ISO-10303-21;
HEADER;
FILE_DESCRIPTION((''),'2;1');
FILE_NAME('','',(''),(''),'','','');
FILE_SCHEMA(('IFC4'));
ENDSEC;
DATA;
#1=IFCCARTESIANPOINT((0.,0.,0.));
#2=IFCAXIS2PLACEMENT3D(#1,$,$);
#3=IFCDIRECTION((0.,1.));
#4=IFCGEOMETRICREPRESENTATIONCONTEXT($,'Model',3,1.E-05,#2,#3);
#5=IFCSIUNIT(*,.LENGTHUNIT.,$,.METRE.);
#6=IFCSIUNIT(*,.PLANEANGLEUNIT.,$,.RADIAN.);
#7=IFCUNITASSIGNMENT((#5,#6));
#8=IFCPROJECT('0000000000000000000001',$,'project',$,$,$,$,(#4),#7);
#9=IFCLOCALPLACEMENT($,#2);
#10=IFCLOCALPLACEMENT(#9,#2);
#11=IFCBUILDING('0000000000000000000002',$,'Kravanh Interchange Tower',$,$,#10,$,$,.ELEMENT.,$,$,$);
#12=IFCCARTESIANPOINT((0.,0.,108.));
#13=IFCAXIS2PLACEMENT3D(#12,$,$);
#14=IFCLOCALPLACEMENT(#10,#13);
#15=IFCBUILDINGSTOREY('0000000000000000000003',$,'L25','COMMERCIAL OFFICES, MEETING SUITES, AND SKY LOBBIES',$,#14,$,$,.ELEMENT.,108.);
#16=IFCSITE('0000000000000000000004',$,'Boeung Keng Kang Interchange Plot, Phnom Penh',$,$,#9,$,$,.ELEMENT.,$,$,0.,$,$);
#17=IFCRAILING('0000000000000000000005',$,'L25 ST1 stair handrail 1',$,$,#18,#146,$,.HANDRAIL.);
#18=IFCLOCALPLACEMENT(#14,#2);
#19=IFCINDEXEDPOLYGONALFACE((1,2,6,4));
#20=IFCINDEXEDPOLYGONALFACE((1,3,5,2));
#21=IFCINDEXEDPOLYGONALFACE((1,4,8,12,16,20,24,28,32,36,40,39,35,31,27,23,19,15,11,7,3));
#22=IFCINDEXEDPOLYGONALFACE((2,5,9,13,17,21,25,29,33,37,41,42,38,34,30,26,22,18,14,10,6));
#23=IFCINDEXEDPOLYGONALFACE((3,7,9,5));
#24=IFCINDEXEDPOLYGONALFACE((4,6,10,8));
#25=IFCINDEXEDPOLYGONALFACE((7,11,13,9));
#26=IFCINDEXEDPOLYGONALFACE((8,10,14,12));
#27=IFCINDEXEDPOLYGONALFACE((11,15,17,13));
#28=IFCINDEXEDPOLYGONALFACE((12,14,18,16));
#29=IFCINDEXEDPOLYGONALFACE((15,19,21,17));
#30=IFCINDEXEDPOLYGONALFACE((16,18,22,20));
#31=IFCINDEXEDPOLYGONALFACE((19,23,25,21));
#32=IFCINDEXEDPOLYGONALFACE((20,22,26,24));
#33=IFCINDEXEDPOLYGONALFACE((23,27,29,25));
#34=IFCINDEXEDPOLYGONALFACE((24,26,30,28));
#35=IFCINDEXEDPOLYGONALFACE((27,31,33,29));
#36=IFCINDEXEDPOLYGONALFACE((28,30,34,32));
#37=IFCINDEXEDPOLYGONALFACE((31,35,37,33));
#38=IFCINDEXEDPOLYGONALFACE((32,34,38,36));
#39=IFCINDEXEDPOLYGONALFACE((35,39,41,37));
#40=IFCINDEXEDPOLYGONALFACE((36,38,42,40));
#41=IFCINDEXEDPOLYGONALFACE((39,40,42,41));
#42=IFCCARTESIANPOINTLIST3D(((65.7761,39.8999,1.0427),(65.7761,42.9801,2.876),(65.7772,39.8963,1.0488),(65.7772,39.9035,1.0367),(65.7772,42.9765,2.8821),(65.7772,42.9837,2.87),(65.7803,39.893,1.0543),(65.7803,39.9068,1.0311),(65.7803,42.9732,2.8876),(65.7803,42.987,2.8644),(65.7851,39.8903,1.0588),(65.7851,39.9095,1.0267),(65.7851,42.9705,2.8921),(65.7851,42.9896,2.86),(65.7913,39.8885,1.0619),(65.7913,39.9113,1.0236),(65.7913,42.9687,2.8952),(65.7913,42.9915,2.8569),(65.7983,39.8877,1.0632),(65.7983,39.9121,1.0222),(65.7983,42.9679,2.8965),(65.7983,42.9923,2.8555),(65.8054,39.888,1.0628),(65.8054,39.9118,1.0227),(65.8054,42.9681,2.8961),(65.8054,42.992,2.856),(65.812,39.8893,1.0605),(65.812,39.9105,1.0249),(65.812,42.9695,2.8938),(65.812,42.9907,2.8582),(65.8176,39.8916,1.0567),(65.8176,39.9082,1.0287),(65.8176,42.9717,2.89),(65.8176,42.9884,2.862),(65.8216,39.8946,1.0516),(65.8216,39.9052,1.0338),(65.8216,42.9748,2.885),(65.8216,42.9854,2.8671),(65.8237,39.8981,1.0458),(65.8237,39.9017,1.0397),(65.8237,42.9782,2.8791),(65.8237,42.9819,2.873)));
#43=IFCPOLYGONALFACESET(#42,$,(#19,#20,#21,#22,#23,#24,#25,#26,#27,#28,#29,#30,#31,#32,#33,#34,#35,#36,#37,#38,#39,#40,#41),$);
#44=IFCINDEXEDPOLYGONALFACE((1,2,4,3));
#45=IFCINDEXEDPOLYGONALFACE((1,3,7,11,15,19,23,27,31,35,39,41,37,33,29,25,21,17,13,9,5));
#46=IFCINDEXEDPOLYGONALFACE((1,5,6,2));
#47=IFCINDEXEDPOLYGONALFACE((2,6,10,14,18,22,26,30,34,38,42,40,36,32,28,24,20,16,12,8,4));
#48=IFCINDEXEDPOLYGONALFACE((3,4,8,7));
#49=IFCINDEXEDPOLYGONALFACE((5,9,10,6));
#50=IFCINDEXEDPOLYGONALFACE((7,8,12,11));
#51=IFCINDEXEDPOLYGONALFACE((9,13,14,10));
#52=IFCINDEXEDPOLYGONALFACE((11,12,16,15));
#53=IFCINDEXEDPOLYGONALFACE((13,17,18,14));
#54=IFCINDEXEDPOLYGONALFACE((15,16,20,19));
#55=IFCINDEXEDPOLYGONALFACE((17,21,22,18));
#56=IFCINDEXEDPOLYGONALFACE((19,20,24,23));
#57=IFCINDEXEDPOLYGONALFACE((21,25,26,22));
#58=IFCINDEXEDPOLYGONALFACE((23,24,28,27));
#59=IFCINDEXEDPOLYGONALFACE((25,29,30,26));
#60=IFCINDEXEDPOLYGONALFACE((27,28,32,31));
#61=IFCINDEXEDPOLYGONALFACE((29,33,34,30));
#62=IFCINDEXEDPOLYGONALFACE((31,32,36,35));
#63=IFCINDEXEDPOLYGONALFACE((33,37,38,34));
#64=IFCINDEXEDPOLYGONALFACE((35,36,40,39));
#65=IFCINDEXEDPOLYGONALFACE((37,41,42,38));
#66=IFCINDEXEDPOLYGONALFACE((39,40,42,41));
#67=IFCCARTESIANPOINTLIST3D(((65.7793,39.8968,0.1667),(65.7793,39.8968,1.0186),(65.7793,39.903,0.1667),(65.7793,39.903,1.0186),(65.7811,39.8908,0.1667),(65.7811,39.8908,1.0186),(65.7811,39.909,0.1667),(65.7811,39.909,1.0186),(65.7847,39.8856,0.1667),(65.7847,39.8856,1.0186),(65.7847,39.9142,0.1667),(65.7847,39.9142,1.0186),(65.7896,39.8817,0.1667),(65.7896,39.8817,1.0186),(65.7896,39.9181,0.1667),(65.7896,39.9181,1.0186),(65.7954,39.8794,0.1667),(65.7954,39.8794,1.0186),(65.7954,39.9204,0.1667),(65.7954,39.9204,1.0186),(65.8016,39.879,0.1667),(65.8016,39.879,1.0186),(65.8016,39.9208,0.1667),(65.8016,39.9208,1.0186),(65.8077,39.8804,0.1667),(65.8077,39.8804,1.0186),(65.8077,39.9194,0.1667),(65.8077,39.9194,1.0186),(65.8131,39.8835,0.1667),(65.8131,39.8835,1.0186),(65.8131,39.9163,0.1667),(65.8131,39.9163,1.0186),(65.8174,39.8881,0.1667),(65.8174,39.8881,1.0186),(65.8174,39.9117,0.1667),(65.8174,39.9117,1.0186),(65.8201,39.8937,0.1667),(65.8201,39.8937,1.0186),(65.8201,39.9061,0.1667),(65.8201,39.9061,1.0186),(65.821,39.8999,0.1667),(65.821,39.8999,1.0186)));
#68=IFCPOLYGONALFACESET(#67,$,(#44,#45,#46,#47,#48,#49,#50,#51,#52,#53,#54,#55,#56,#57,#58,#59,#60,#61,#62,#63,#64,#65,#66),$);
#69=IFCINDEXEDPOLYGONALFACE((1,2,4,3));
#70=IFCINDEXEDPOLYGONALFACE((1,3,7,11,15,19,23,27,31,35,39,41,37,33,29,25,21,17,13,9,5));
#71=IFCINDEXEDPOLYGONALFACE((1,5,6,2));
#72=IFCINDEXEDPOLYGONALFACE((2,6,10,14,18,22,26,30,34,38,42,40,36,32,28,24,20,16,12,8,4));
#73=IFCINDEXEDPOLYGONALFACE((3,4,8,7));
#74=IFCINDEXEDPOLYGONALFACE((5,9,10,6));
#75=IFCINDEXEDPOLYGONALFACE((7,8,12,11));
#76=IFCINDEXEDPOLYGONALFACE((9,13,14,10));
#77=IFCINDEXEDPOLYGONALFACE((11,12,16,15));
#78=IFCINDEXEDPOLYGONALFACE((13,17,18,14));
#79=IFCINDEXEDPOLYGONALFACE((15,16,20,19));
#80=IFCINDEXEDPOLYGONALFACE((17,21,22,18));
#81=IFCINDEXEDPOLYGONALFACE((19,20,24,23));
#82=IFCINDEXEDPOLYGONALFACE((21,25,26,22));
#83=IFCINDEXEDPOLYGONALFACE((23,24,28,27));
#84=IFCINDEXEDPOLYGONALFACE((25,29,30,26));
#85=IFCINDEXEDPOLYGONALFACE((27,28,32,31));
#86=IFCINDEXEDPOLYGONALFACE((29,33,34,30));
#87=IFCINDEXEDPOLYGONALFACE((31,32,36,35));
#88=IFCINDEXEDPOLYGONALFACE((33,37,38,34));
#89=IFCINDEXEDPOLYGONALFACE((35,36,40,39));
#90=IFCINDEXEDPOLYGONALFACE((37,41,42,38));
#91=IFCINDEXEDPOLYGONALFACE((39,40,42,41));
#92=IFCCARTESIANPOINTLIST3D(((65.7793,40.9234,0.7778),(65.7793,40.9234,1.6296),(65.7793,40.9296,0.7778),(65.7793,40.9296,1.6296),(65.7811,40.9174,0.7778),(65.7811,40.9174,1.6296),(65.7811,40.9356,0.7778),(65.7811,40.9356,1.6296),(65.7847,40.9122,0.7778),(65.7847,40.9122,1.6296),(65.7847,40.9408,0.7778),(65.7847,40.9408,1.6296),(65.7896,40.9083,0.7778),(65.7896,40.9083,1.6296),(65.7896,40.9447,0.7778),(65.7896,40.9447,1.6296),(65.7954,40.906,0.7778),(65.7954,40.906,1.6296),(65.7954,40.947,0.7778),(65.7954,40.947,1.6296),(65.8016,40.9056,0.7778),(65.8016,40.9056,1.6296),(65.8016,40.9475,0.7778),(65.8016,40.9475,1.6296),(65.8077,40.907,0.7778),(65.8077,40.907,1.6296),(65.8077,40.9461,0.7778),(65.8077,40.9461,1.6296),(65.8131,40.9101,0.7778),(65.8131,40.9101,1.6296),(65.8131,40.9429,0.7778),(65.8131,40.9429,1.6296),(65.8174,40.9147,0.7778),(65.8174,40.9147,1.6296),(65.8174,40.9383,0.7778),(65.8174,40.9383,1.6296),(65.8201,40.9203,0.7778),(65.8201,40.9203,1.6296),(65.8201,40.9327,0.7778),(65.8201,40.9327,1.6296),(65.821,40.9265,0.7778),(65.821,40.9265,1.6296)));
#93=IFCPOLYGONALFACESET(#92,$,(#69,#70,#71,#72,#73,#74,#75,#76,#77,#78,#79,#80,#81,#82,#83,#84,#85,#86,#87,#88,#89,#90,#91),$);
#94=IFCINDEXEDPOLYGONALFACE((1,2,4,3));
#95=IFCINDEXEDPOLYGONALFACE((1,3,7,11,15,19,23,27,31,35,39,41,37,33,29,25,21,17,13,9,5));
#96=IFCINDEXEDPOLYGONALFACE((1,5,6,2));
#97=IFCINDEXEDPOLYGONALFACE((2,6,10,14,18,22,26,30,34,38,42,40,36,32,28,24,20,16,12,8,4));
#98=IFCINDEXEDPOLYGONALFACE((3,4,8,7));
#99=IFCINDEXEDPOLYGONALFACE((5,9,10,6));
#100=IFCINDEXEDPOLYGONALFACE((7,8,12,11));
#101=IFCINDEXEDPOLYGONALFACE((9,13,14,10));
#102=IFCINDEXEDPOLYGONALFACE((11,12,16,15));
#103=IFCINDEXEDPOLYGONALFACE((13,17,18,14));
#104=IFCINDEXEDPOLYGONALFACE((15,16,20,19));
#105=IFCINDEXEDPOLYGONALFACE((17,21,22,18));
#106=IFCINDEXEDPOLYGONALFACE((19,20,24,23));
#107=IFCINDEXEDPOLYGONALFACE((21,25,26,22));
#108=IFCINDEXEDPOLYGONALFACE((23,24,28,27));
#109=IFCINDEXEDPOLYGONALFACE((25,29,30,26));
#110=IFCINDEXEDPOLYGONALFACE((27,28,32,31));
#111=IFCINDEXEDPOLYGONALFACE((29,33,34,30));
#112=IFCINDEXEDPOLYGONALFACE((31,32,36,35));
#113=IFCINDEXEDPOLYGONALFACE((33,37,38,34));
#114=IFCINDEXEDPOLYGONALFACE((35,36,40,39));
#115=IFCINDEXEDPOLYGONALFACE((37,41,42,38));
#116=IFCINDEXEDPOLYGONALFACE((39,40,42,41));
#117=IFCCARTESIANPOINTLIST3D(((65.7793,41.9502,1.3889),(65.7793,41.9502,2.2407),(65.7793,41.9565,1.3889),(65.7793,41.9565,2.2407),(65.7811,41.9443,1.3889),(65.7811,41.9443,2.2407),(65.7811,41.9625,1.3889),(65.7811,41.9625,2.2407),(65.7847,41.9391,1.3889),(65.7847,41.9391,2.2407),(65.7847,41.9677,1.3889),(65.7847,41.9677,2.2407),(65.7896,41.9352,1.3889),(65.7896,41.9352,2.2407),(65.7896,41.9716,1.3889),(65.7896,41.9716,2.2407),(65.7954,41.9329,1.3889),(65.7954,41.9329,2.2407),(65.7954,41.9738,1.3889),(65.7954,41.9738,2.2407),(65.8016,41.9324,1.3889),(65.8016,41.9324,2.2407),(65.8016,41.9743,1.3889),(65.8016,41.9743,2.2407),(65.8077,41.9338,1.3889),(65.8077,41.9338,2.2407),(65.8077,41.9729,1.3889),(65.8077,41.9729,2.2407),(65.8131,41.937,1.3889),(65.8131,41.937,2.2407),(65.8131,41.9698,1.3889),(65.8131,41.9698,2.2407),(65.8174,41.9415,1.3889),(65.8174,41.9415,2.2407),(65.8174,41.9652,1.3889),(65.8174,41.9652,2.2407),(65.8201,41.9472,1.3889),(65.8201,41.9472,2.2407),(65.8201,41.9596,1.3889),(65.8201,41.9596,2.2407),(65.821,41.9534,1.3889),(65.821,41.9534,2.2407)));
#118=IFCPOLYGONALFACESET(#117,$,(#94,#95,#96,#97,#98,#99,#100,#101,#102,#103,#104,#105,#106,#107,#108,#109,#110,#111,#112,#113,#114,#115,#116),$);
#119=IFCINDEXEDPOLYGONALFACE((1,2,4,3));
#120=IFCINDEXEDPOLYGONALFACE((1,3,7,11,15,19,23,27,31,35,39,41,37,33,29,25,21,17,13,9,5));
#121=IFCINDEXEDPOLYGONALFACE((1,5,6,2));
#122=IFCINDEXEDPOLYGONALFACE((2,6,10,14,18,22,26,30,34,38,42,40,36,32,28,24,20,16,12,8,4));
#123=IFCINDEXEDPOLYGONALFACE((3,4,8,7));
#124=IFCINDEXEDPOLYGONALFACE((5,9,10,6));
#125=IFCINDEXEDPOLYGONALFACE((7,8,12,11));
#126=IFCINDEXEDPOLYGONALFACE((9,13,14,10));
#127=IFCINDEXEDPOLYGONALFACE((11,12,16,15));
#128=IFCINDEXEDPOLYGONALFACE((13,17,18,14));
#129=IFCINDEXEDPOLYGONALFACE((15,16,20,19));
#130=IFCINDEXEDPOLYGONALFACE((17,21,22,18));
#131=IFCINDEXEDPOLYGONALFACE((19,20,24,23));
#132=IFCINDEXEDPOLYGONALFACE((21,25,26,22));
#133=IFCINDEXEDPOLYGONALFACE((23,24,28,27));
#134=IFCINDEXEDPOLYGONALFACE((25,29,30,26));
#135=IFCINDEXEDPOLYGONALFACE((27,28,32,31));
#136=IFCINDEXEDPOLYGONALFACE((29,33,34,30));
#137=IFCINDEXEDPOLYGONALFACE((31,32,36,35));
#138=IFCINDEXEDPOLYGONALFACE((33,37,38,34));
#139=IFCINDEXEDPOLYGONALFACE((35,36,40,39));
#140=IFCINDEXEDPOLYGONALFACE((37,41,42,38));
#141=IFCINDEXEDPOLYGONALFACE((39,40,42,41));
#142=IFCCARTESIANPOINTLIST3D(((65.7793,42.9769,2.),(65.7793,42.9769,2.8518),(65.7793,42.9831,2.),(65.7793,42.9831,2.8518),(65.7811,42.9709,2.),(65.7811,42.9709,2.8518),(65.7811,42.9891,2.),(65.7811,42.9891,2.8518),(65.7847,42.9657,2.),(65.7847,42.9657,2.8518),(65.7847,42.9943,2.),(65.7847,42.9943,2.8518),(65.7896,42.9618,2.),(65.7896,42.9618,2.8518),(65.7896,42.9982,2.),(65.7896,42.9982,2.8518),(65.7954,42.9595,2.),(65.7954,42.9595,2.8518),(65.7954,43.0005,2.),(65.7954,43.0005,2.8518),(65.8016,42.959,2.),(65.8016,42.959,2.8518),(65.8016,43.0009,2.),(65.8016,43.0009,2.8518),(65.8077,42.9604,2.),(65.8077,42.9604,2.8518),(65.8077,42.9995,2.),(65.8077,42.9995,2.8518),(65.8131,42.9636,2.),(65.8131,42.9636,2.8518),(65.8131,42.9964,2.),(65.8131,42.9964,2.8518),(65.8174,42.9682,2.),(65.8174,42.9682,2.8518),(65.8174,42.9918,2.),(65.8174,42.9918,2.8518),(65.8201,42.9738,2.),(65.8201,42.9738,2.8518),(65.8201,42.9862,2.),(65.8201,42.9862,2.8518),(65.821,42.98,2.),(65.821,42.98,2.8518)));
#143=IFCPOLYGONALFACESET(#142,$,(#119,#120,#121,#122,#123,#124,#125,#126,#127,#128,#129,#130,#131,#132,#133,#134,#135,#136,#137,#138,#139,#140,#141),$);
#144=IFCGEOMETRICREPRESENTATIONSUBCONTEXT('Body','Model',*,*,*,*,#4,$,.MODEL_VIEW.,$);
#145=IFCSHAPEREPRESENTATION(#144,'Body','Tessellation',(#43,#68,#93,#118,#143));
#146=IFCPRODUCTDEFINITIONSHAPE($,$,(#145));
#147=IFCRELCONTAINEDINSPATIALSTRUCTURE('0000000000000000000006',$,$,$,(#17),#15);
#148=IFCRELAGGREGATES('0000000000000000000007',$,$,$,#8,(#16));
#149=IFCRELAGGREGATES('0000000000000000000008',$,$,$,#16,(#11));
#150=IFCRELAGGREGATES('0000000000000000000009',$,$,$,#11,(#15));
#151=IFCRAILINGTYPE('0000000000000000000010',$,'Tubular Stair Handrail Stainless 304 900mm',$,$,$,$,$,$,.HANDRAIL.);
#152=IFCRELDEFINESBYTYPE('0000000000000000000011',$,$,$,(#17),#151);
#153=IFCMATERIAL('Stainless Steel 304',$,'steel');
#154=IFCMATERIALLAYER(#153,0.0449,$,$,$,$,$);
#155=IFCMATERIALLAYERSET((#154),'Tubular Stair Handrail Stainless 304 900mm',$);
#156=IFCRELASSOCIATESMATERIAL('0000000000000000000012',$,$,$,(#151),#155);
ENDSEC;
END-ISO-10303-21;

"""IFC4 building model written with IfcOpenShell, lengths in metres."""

from ifc_helpers import new_model, si_unit, direction, frame, origin, origin_2d, place, context, subcontext, project, spatial, circle, extrude, material, layer, layer_set, type_object, element, save


model = new_model("IFC4")

# Units and contexts
model_context = context("Model", 3, precision=1e-05, world=origin(), true_north=direction((0.0, 1.0)))
body_context = subcontext(model_context, "Body", "Model", "MODEL_VIEW")
ifc_project = project(units=[si_unit("LENGTHUNIT", "METRE"), si_unit("PLANEANGLEUNIT", "RADIAN")], contexts=[model_context])

# Site, building, storey
site_placement = place(None, origin())
site = spatial("IfcSite", under=ifc_project, at=site_placement, Name="Boeung Keng Kang Interchange Plot, Phnom Penh", CompositionType="ELEMENT", RefElevation=0.0)
building_placement = place(site_placement, origin())
building = spatial("IfcBuilding", under=site, at=building_placement, Name="Kravanh Interchange Tower", CompositionType="ELEMENT")
storey_placement = place(building_placement, frame((0.0, 0.0, 108.0)))
storey = spatial("IfcBuildingStorey", under=building, at=storey_placement, Name="L25", Description="COMMERCIAL OFFICES, MEETING SUITES, AND SKY LOBBIES", CompositionType="ELEMENT", Elevation=108.0)

# Railing
ifc_material_1 = material(Name="Stainless Steel 304", Category="steel")
ifc_layer_1 = layer(ifc_material_1, 0.0449)
ifc_layer_set_1 = layer_set([ifc_layer_1], Name="Tubular Stair Handrail Stainless 304 900mm")
railing_type_1 = type_object("IfcRailingType", Name="Tubular Stair Handrail Stainless 304 900mm", PredefinedType="HANDRAIL", material=ifc_layer_set_1)
railing_1_placement = place(storey_placement, frame((65.8, 39.8999, 0.1667)))
element("IfcRailing", 1, at=railing_1_placement, inside=storey, type_object=railing_type_1, Name="L25 ST1 stair handrail 1", PredefinedType="HANDRAIL", context=body_context, shape_type="SweptSolid", body=[
    extrude(circle(Radius=0.0239, at=origin_2d()), frame((0.0, 0.0, 0.876), z_axis=(0.0, 0.859309, 0.511458), x_axis=(-1.0, 0.0, 0.0)), (0.0, 0.0, 1.0), 3.5845),
    extrude(circle(Radius=0.021, at=origin_2d()), origin(), (0.0, 0.0, 1.0), 0.8518),
    extrude(circle(Radius=0.021, at=origin_2d()), frame((0.0, 1.0266, 0.6111)), (0.0, 0.0, 1.0), 0.8518),
    extrude(circle(Radius=0.021, at=origin_2d()), frame((0.0, 2.0535, 1.2222)), (0.0, 0.0, 1.0), 0.8518),
    extrude(circle(Radius=0.021, at=origin_2d()), frame((0.0, 3.0801, 1.8333)), (0.0, 0.0, 1.0), 0.8518),
])

save(model, "model.ifc")
